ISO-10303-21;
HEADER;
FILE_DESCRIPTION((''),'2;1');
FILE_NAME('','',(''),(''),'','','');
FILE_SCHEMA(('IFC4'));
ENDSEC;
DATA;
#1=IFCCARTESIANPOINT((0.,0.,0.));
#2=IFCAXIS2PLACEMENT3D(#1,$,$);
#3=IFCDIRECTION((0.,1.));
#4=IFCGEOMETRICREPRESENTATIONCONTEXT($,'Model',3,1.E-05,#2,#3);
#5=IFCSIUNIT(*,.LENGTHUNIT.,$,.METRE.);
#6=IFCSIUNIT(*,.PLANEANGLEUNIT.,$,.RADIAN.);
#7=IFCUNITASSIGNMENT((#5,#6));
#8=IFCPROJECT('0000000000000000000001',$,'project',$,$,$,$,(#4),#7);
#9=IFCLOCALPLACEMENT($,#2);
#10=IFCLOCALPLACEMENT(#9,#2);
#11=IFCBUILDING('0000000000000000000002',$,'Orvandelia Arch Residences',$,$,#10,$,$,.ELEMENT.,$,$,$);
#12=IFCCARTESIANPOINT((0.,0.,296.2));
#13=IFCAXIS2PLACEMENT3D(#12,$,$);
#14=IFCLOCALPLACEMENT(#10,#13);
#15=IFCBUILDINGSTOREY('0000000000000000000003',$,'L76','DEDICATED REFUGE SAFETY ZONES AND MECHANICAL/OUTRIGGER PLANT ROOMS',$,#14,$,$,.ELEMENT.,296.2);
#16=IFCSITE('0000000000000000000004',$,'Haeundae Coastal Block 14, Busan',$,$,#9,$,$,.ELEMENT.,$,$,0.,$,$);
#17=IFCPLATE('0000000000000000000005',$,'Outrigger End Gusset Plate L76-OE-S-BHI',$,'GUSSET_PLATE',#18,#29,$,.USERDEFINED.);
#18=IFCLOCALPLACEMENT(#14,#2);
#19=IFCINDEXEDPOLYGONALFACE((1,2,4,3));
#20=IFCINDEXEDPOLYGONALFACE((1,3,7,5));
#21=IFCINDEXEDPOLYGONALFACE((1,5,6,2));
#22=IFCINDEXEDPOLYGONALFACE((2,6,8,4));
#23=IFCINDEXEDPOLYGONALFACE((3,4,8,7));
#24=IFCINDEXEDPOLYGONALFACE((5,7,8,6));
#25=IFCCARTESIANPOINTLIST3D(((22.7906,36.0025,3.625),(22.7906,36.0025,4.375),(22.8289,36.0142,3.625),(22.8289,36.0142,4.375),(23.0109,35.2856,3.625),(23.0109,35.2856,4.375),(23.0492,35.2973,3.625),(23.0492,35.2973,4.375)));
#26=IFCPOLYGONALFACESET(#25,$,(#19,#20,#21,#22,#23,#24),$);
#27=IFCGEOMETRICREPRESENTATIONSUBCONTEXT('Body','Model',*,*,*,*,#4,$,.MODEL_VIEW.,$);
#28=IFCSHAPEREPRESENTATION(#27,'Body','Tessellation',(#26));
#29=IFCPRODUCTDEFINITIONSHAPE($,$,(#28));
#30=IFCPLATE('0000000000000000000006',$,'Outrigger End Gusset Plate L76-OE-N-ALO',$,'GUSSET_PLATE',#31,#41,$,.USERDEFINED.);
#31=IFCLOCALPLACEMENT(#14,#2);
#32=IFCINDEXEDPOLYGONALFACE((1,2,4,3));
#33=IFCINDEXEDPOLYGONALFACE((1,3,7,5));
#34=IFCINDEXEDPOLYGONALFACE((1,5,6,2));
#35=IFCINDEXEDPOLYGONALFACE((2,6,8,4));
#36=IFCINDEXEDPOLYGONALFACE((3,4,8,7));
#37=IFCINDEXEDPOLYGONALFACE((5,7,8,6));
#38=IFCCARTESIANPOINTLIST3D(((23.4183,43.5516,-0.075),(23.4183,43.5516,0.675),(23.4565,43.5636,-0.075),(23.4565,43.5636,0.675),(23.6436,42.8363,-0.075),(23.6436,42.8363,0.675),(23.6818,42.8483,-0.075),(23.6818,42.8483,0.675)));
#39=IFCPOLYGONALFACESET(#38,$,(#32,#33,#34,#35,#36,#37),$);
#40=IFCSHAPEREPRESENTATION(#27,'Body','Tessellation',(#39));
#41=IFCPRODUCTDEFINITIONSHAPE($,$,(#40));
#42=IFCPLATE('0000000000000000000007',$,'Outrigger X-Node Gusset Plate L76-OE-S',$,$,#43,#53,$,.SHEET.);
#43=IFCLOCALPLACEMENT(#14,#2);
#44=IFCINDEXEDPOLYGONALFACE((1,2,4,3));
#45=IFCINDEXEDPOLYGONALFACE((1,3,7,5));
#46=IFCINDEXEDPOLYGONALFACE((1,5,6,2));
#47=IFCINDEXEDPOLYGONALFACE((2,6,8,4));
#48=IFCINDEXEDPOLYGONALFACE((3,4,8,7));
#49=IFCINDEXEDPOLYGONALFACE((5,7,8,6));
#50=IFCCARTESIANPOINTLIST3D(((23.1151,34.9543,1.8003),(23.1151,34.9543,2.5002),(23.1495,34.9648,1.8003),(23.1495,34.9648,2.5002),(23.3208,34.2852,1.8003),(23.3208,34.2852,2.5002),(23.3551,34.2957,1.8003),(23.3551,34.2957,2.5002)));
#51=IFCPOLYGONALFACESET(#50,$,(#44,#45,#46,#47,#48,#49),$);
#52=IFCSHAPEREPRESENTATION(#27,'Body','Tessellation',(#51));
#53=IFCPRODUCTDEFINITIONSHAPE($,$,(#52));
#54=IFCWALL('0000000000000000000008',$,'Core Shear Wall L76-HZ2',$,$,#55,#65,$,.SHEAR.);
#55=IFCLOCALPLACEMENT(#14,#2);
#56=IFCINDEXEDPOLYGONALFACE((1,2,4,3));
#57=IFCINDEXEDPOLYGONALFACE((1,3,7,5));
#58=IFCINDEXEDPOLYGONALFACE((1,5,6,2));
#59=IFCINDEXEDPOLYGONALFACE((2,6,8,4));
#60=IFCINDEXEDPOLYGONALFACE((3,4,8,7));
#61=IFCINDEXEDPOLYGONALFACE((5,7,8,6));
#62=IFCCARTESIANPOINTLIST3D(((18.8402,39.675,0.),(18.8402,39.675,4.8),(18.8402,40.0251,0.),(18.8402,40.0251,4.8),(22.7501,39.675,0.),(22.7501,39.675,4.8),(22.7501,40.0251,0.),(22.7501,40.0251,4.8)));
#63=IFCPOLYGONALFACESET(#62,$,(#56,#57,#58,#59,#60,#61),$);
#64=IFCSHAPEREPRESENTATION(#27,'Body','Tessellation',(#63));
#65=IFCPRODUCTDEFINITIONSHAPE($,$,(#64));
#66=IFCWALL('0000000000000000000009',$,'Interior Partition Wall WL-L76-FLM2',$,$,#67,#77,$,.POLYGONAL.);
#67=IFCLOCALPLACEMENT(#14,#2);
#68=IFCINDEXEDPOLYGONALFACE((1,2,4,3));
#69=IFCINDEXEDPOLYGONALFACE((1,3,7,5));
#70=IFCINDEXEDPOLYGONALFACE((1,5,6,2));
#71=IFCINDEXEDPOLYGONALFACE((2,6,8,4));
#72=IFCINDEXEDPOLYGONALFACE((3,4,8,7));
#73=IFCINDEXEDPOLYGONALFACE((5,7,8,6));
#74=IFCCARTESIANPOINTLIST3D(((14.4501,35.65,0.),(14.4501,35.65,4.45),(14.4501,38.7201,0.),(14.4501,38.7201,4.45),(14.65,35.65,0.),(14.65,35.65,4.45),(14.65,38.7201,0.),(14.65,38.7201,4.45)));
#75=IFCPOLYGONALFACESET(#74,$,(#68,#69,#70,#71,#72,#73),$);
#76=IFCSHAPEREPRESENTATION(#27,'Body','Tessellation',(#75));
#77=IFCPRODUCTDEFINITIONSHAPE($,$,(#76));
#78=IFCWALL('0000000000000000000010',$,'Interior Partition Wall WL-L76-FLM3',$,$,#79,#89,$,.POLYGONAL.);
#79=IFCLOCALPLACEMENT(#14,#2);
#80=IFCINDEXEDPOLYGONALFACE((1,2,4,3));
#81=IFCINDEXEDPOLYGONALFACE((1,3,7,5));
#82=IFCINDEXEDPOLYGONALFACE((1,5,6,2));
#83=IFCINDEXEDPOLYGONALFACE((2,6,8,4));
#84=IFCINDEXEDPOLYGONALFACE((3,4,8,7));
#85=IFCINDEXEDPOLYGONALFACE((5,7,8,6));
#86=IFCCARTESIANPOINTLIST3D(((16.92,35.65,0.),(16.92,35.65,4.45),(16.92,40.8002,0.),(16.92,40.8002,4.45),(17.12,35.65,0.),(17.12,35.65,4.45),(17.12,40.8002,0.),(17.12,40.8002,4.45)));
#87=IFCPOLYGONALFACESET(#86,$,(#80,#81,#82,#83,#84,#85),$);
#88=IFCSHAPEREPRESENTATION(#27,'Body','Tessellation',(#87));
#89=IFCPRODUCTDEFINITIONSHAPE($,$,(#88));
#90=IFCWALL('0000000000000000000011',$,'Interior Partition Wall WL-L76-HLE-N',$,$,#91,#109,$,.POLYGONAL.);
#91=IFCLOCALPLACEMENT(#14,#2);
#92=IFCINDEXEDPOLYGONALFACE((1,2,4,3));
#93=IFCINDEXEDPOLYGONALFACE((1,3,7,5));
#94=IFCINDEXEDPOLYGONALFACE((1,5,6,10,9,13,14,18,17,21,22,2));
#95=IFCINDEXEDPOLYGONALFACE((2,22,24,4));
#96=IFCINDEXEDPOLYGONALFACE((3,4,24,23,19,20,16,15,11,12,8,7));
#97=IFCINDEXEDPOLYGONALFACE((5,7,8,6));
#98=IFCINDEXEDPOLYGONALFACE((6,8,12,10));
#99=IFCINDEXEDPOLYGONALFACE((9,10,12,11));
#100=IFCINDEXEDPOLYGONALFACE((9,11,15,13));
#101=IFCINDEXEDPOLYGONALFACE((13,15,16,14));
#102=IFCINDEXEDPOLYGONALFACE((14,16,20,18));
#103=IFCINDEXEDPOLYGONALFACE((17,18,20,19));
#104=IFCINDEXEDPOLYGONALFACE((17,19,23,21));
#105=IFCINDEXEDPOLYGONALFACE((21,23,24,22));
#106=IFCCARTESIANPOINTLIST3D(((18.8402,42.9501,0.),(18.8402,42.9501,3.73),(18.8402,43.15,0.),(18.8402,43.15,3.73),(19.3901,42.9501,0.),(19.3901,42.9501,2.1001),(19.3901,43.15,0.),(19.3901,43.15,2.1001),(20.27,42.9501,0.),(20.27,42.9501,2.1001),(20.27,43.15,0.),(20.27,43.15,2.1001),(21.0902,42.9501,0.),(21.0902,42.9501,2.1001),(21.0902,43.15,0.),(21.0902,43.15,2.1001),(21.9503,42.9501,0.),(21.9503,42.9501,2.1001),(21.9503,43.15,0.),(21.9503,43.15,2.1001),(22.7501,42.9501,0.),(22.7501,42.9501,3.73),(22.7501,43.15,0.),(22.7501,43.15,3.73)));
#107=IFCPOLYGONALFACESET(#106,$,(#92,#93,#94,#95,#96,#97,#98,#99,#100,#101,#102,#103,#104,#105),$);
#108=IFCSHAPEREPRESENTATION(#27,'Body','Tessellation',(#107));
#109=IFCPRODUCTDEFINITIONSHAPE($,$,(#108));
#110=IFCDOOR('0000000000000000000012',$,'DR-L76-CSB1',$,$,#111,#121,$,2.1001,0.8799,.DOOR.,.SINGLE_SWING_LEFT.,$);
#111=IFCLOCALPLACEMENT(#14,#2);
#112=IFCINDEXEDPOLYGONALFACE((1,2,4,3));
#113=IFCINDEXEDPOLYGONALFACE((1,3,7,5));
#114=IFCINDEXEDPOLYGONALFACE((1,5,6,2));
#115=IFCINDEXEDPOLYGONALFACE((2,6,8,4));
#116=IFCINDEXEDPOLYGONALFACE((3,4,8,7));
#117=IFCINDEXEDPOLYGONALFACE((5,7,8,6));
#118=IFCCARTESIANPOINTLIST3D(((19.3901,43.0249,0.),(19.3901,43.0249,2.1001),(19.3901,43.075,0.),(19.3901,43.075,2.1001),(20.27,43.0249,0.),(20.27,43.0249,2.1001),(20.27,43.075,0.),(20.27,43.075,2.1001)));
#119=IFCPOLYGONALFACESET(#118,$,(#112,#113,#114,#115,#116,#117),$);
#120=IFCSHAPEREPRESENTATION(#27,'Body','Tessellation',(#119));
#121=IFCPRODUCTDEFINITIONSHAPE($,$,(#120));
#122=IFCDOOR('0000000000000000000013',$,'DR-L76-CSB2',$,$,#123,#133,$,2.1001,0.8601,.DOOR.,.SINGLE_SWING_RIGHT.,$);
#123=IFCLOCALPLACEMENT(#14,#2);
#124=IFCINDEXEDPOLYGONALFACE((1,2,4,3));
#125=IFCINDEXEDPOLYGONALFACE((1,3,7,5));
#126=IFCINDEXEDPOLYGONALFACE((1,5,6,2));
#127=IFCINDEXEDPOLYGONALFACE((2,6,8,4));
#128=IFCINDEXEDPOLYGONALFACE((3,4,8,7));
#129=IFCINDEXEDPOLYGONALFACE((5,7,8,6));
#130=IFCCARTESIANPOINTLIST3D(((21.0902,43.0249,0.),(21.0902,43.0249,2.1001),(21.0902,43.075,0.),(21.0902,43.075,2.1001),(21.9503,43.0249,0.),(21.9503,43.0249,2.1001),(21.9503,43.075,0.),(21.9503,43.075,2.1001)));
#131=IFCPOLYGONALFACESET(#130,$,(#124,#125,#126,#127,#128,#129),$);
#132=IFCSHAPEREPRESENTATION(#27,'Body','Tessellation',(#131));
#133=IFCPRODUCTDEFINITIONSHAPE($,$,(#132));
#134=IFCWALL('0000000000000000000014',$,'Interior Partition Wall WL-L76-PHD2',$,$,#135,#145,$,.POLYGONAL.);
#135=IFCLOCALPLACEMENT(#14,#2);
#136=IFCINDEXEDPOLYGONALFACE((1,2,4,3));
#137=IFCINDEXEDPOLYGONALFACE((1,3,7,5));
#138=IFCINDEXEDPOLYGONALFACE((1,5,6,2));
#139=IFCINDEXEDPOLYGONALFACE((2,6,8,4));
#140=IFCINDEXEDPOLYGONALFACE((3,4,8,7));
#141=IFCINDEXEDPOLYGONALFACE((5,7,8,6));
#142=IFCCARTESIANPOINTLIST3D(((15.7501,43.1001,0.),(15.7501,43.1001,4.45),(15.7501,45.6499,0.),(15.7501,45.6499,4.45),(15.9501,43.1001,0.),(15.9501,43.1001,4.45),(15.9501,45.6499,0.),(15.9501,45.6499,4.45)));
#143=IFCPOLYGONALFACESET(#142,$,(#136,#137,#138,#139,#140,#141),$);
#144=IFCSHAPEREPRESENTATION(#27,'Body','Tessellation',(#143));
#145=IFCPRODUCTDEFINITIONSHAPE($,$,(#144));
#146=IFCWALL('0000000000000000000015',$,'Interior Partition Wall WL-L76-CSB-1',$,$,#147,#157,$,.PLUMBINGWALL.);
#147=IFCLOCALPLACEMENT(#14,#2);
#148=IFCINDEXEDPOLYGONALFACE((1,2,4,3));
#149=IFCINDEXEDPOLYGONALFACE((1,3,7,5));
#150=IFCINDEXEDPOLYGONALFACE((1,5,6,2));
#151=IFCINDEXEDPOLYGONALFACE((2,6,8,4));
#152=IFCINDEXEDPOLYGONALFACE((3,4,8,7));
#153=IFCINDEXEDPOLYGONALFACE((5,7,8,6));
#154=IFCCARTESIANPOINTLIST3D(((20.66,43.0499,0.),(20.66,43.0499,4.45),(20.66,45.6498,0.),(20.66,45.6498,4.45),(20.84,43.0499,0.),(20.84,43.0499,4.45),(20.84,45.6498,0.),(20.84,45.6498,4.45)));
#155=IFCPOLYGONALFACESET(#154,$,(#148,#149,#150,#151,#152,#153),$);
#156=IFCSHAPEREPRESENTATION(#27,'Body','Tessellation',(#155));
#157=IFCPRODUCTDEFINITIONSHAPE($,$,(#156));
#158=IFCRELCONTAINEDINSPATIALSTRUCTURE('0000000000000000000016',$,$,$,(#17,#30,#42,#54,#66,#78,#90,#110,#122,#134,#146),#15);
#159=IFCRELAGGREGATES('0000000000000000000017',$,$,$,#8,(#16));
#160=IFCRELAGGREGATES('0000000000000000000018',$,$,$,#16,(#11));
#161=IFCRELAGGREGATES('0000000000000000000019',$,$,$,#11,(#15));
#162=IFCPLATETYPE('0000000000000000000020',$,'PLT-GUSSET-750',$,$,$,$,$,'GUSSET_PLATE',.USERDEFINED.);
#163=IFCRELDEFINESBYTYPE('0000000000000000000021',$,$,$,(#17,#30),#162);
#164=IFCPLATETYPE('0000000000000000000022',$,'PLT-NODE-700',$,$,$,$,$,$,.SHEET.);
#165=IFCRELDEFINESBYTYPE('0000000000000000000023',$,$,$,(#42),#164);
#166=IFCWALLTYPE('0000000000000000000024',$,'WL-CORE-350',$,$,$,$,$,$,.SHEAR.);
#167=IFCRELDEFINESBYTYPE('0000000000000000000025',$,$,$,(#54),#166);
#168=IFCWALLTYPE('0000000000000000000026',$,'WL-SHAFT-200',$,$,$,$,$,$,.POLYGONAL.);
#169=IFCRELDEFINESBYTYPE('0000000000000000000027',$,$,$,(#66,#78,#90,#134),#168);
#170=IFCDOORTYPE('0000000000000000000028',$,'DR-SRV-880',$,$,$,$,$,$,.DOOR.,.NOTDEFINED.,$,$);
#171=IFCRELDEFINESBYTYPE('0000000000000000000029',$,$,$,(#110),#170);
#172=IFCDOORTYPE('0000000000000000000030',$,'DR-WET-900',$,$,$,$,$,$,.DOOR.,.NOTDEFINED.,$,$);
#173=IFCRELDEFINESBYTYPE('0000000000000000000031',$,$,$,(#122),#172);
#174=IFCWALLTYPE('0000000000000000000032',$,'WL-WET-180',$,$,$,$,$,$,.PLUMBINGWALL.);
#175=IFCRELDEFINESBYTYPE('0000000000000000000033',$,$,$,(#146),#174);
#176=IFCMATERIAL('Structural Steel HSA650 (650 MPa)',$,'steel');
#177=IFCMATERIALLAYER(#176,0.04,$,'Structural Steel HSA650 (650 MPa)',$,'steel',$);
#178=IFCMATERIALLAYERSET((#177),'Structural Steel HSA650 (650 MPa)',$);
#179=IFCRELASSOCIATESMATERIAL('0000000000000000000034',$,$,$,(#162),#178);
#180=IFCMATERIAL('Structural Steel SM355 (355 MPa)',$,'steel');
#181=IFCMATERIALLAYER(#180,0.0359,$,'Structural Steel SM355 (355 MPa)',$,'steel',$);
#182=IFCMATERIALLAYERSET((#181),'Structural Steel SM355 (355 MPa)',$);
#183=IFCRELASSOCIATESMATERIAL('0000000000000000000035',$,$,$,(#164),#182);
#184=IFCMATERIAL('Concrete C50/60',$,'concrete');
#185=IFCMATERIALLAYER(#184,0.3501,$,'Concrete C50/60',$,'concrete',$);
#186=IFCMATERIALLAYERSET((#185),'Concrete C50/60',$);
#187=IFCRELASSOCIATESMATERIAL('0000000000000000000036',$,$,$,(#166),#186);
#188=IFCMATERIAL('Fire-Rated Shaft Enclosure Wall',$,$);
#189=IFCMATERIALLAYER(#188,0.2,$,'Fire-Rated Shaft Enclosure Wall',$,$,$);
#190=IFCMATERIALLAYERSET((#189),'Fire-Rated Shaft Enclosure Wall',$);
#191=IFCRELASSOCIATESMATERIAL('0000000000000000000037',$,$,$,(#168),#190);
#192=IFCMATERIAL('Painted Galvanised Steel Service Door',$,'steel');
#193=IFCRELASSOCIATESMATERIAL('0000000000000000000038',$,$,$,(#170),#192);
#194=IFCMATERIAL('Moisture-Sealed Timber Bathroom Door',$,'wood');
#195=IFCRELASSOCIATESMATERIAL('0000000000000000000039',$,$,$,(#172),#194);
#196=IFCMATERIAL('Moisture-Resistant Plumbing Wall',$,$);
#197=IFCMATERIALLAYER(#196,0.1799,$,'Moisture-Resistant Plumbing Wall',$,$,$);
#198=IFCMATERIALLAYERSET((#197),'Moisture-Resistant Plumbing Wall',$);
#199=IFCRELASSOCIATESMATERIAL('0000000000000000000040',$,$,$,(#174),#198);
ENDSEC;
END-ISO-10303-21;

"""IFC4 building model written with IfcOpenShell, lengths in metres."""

from ifc_helpers import new_model, si_unit, direction, frame, frame_2d, origin, origin_2d, place, context, subcontext, project, spatial, rectangle, extrude, material, layer, layer_set, type_object, element, fill, save


model = new_model("IFC4")

# Units and contexts
model_context = context("Model", 3, precision=1e-05, world=origin(), true_north=direction((0.0, 1.0)))
body_context = subcontext(model_context, "Body", "Model", "MODEL_VIEW")
ifc_project = project(units=[si_unit("LENGTHUNIT", "METRE"), si_unit("PLANEANGLEUNIT", "RADIAN")], contexts=[model_context])

# Site, building, storey
site_placement = place(None, origin())
site = spatial("IfcSite", under=ifc_project, at=site_placement, Name="Haeundae Coastal Block 14, Busan", CompositionType="ELEMENT", RefElevation=0.0)
building_placement = place(site_placement, origin())
building = spatial("IfcBuilding", under=site, at=building_placement, Name="Orvandelia Arch Residences", CompositionType="ELEMENT")
storey_placement = place(building_placement, frame((0.0, 0.0, 296.2)))
storey = spatial("IfcBuildingStorey", under=building, at=storey_placement, Name="L76", Description="DEDICATED REFUGE SAFETY ZONES AND MECHANICAL/OUTRIGGER PLANT ROOMS", CompositionType="ELEMENT", Elevation=296.2)

# Shared definitions
ifc_material_1 = material(Name="Concrete C50/60", Category="concrete")

# Shared definitions
ifc_material_2 = material(Name="Structural Steel SM355 (355 MPa)", Category="steel")

# Shared definitions
ifc_material_3 = material(Name="Structural Steel HSA650 (650 MPa)", Category="steel")

# Plates
ifc_layer_1 = layer(ifc_material_3, 0.04, Name="Structural Steel HSA650 (650 MPa)", Category="steel")
ifc_layer_set_1 = layer_set([ifc_layer_1], Name="Structural Steel HSA650 (650 MPa)")
plate_type_1 = type_object("IfcPlateType", Name="PLT-GUSSET-750", ElementType="GUSSET_PLATE", PredefinedType="USERDEFINED", material=ifc_layer_set_1)
for number, where, z_axis, x_axis, name in (
    (1, (22.9199, 35.6499, 3.625), (0.0, 0.0, 1.0), (-0.293757, 0.95588, 0.0), "Outrigger End Gusset Plate L76-OE-S-BHI"),
    (2, (23.55, 43.2, -0.075), (0.0, 0.0, 1.0), (-0.300439, 0.953801, 0.0), "Outrigger End Gusset Plate L76-OE-N-ALO"),
):
    element("IfcPlate", number, at=place(storey_placement, frame(where, z_axis=z_axis, x_axis=x_axis)), inside=storey, type_object=plate_type_1, Name=name, ObjectType="GUSSET_PLATE", PredefinedType="USERDEFINED", context=body_context, shape_type="SweptSolid", body=[
        extrude(rectangle(XDim=0.75, YDim=0.04, at=origin_2d()), origin(), (0.0, 0.0, 1.0), 0.75),
    ])
ifc_layer_2 = layer(ifc_material_2, 0.0359, Name="Structural Steel SM355 (355 MPa)", Category="steel")
ifc_layer_set_2 = layer_set([ifc_layer_2], Name="Structural Steel SM355 (355 MPa)")
plate_type_2 = type_object("IfcPlateType", Name="PLT-NODE-700", PredefinedType="SHEET", material=ifc_layer_set_2)
plate_placement = place(storey_placement, frame((23.2351, 34.625, 1.8003), z_axis=(0.0, 0.0, 1.0), x_axis=(-0.293757, 0.95588, 0.0)))
element("IfcPlate", 3, at=plate_placement, inside=storey, type_object=plate_type_2, Name="Outrigger X-Node Gusset Plate L76-OE-S", PredefinedType="SHEET", context=body_context, shape_type="SweptSolid", body=[
    extrude(rectangle(XDim=0.7, YDim=0.0359, at=origin_2d()), origin(), (0.0, 0.0, 1.0), 0.7),
])

# Walls
ifc_layer_3 = layer(ifc_material_1, 0.3501, Name="Concrete C50/60", Category="concrete")
ifc_layer_set_3 = layer_set([ifc_layer_3], Name="Concrete C50/60")
wall_type_1 = type_object("IfcWallType", Name="WL-CORE-350", PredefinedType="SHEAR", material=ifc_layer_set_3)
wall_1_placement = place(storey_placement, frame((18.8401, 39.8501, 0.0), z_axis=(0.0, 0.0, 1.0), x_axis=(1.0, 0.0, 0.0)))
element("IfcWall", 4, at=wall_1_placement, inside=storey, type_object=wall_type_1, Name="Core Shear Wall L76-HZ2", PredefinedType="SHEAR", context=body_context, shape_type="SweptSolid", body=[
    extrude(rectangle(XDim=3.9099, YDim=0.3501, at=frame_2d((1.9551, 0.0))), origin(), (0.0, 0.0, 1.0), 4.8),
])
ifc_material_4 = material(Name="Fire-Rated Shaft Enclosure Wall")
ifc_layer_4 = layer(ifc_material_4, 0.2, Name="Fire-Rated Shaft Enclosure Wall")
ifc_layer_set_4 = layer_set([ifc_layer_4], Name="Fire-Rated Shaft Enclosure Wall")
wall_type_2 = type_object("IfcWallType", Name="WL-SHAFT-200", PredefinedType="POLYGONAL", material=ifc_layer_set_4)
wall_2_placement = place(storey_placement, frame((14.55, 35.6499, 0.0), z_axis=(0.0, 0.0, 1.0), x_axis=(0.0, 1.0, 0.0)))
element("IfcWall", 5, at=wall_2_placement, inside=storey, type_object=wall_type_2, Name="Interior Partition Wall WL-L76-FLM2", PredefinedType="POLYGONAL", context=body_context, shape_type="SweptSolid", body=[
    extrude(rectangle(XDim=3.0701, YDim=0.2, at=frame_2d((1.5352, 0.0))), origin(), (0.0, 0.0, 1.0), 4.45),
])
wall_3_placement = place(storey_placement, frame((17.02, 35.6499, 0.0), z_axis=(0.0, 0.0, 1.0), x_axis=(0.0, 1.0, 0.0)))
element("IfcWall", 6, at=wall_3_placement, inside=storey, type_object=wall_type_2, Name="Interior Partition Wall WL-L76-FLM3", PredefinedType="POLYGONAL", context=body_context, shape_type="SweptSolid", body=[
    extrude(rectangle(XDim=5.1501, YDim=0.2, at=frame_2d((2.5752, 0.0))), origin(), (0.0, 0.0, 1.0), 4.45),
])

# Wall, openings, doors
wall_4_placement = place(storey_placement, frame((18.8401, 43.05, 0.0), z_axis=(0.0, 0.0, 1.0), x_axis=(1.0, 0.0, 0.0)))
wall_4 = element("IfcWall", 7, at=wall_4_placement, inside=storey, type_object=wall_type_2, Name="Interior Partition Wall WL-L76-HLE-N", PredefinedType="POLYGONAL", context=body_context, shape_type="SweptSolid", body=[
    extrude(rectangle(XDim=3.9099, YDim=0.2, at=frame_2d((1.9551, 0.0))), origin(), (0.0, 0.0, 1.0), 3.73),
])
opening_1_placement = place(wall_4_placement, frame((0.55, 0.0, 0.0)))
opening_1 = element("IfcOpeningElement", 8, at=opening_1_placement, cuts=wall_4, PredefinedType="OPENING", context=body_context, shape_type="SweptSolid", body=[
    extrude(rectangle(XDim=0.8799, YDim=2.1001, at=frame_2d((0.4399, 1.05))), frame((0.0, 0.1099, 0.0), z_axis=(0.0, -1.0, 0.0), x_axis=(1.0, 0.0, 0.0)), (0.0, 0.0, 1.0), 0.22),
])
opening_2_placement = place(wall_4_placement, frame((2.25, 0.0, 0.0)))
opening_2 = element("IfcOpeningElement", 9, at=opening_2_placement, cuts=wall_4, PredefinedType="OPENING", context=body_context, shape_type="SweptSolid", body=[
    extrude(rectangle(XDim=0.8601, YDim=2.1001, at=frame_2d((0.4302, 1.05))), frame((0.0, 0.1099, 0.0), z_axis=(0.0, -1.0, 0.0), x_axis=(1.0, 0.0, 0.0)), (0.0, 0.0, 1.0), 0.22),
])
ifc_material_5 = material(Name="Painted Galvanised Steel Service Door", Category="steel")
door_type_1 = type_object("IfcDoorType", Name="DR-SRV-880", OperationType="NOTDEFINED", PredefinedType="DOOR", material=ifc_material_5)
door_1_placement = place(opening_1_placement, origin())
door_1 = element("IfcDoor", 10, at=door_1_placement, inside=storey, type_object=door_type_1, Name="DR-L76-CSB1", OperationType="SINGLE_SWING_LEFT", OverallHeight=2.1001, OverallWidth=0.8799, PredefinedType="DOOR", context=body_context, shape_type="SweptSolid", body=[
    extrude(rectangle(XDim=0.8799, YDim=2.1001, at=frame_2d((0.4399, 1.05))), frame((0.0, 0.0249, 0.0), z_axis=(0.0, -1.0, 0.0), x_axis=(1.0, 0.0, 0.0)), (0.0, 0.0, 1.0), 0.05),
])
fill(opening_1, door_1)
ifc_material_6 = material(Name="Moisture-Sealed Timber Bathroom Door", Category="wood")
door_type_2 = type_object("IfcDoorType", Name="DR-WET-900", OperationType="NOTDEFINED", PredefinedType="DOOR", material=ifc_material_6)
door_2_placement = place(opening_2_placement, origin())
door_2 = element("IfcDoor", 11, at=door_2_placement, inside=storey, type_object=door_type_2, Name="DR-L76-CSB2", OperationType="SINGLE_SWING_RIGHT", OverallHeight=2.1001, OverallWidth=0.8601, PredefinedType="DOOR", context=body_context, shape_type="SweptSolid", body=[
    extrude(rectangle(XDim=0.8601, YDim=2.1001, at=frame_2d((0.4302, 1.05))), frame((0.0, 0.0249, 0.0), z_axis=(0.0, -1.0, 0.0), x_axis=(1.0, 0.0, 0.0)), (0.0, 0.0, 1.0), 0.05),
])
fill(opening_2, door_2)

# Walls
wall_5_placement = place(storey_placement, frame((15.8501, 43.1001, 0.0), z_axis=(0.0, 0.0, 1.0), x_axis=(0.0, 1.0, 0.0)))
element("IfcWall", 12, at=wall_5_placement, inside=storey, type_object=wall_type_2, Name="Interior Partition Wall WL-L76-PHD2", PredefinedType="POLYGONAL", context=body_context, shape_type="SweptSolid", body=[
    extrude(rectangle(XDim=2.5498, YDim=0.2, at=frame_2d((1.2749, 0.0))), origin(), (0.0, 0.0, 1.0), 4.45),
])
ifc_material_7 = material(Name="Moisture-Resistant Plumbing Wall")
ifc_layer_5 = layer(ifc_material_7, 0.1799, Name="Moisture-Resistant Plumbing Wall")
ifc_layer_set_5 = layer_set([ifc_layer_5], Name="Moisture-Resistant Plumbing Wall")
wall_type_3 = type_object("IfcWallType", Name="WL-WET-180", PredefinedType="PLUMBINGWALL", material=ifc_layer_set_5)
wall_6_placement = place(storey_placement, frame((20.75, 43.05, 0.0), z_axis=(0.0, 0.0, 1.0), x_axis=(0.0, 1.0, 0.0)))
element("IfcWall", 13, at=wall_6_placement, inside=storey, type_object=wall_type_3, Name="Interior Partition Wall WL-L76-CSB-1", PredefinedType="PLUMBINGWALL", context=body_context, shape_type="SweptSolid", body=[
    extrude(rectangle(XDim=2.5999, YDim=0.1799, at=frame_2d((1.2998, 0.0))), origin(), (0.0, 0.0, 1.0), 4.45),
])

save(model, "model.ifc")
